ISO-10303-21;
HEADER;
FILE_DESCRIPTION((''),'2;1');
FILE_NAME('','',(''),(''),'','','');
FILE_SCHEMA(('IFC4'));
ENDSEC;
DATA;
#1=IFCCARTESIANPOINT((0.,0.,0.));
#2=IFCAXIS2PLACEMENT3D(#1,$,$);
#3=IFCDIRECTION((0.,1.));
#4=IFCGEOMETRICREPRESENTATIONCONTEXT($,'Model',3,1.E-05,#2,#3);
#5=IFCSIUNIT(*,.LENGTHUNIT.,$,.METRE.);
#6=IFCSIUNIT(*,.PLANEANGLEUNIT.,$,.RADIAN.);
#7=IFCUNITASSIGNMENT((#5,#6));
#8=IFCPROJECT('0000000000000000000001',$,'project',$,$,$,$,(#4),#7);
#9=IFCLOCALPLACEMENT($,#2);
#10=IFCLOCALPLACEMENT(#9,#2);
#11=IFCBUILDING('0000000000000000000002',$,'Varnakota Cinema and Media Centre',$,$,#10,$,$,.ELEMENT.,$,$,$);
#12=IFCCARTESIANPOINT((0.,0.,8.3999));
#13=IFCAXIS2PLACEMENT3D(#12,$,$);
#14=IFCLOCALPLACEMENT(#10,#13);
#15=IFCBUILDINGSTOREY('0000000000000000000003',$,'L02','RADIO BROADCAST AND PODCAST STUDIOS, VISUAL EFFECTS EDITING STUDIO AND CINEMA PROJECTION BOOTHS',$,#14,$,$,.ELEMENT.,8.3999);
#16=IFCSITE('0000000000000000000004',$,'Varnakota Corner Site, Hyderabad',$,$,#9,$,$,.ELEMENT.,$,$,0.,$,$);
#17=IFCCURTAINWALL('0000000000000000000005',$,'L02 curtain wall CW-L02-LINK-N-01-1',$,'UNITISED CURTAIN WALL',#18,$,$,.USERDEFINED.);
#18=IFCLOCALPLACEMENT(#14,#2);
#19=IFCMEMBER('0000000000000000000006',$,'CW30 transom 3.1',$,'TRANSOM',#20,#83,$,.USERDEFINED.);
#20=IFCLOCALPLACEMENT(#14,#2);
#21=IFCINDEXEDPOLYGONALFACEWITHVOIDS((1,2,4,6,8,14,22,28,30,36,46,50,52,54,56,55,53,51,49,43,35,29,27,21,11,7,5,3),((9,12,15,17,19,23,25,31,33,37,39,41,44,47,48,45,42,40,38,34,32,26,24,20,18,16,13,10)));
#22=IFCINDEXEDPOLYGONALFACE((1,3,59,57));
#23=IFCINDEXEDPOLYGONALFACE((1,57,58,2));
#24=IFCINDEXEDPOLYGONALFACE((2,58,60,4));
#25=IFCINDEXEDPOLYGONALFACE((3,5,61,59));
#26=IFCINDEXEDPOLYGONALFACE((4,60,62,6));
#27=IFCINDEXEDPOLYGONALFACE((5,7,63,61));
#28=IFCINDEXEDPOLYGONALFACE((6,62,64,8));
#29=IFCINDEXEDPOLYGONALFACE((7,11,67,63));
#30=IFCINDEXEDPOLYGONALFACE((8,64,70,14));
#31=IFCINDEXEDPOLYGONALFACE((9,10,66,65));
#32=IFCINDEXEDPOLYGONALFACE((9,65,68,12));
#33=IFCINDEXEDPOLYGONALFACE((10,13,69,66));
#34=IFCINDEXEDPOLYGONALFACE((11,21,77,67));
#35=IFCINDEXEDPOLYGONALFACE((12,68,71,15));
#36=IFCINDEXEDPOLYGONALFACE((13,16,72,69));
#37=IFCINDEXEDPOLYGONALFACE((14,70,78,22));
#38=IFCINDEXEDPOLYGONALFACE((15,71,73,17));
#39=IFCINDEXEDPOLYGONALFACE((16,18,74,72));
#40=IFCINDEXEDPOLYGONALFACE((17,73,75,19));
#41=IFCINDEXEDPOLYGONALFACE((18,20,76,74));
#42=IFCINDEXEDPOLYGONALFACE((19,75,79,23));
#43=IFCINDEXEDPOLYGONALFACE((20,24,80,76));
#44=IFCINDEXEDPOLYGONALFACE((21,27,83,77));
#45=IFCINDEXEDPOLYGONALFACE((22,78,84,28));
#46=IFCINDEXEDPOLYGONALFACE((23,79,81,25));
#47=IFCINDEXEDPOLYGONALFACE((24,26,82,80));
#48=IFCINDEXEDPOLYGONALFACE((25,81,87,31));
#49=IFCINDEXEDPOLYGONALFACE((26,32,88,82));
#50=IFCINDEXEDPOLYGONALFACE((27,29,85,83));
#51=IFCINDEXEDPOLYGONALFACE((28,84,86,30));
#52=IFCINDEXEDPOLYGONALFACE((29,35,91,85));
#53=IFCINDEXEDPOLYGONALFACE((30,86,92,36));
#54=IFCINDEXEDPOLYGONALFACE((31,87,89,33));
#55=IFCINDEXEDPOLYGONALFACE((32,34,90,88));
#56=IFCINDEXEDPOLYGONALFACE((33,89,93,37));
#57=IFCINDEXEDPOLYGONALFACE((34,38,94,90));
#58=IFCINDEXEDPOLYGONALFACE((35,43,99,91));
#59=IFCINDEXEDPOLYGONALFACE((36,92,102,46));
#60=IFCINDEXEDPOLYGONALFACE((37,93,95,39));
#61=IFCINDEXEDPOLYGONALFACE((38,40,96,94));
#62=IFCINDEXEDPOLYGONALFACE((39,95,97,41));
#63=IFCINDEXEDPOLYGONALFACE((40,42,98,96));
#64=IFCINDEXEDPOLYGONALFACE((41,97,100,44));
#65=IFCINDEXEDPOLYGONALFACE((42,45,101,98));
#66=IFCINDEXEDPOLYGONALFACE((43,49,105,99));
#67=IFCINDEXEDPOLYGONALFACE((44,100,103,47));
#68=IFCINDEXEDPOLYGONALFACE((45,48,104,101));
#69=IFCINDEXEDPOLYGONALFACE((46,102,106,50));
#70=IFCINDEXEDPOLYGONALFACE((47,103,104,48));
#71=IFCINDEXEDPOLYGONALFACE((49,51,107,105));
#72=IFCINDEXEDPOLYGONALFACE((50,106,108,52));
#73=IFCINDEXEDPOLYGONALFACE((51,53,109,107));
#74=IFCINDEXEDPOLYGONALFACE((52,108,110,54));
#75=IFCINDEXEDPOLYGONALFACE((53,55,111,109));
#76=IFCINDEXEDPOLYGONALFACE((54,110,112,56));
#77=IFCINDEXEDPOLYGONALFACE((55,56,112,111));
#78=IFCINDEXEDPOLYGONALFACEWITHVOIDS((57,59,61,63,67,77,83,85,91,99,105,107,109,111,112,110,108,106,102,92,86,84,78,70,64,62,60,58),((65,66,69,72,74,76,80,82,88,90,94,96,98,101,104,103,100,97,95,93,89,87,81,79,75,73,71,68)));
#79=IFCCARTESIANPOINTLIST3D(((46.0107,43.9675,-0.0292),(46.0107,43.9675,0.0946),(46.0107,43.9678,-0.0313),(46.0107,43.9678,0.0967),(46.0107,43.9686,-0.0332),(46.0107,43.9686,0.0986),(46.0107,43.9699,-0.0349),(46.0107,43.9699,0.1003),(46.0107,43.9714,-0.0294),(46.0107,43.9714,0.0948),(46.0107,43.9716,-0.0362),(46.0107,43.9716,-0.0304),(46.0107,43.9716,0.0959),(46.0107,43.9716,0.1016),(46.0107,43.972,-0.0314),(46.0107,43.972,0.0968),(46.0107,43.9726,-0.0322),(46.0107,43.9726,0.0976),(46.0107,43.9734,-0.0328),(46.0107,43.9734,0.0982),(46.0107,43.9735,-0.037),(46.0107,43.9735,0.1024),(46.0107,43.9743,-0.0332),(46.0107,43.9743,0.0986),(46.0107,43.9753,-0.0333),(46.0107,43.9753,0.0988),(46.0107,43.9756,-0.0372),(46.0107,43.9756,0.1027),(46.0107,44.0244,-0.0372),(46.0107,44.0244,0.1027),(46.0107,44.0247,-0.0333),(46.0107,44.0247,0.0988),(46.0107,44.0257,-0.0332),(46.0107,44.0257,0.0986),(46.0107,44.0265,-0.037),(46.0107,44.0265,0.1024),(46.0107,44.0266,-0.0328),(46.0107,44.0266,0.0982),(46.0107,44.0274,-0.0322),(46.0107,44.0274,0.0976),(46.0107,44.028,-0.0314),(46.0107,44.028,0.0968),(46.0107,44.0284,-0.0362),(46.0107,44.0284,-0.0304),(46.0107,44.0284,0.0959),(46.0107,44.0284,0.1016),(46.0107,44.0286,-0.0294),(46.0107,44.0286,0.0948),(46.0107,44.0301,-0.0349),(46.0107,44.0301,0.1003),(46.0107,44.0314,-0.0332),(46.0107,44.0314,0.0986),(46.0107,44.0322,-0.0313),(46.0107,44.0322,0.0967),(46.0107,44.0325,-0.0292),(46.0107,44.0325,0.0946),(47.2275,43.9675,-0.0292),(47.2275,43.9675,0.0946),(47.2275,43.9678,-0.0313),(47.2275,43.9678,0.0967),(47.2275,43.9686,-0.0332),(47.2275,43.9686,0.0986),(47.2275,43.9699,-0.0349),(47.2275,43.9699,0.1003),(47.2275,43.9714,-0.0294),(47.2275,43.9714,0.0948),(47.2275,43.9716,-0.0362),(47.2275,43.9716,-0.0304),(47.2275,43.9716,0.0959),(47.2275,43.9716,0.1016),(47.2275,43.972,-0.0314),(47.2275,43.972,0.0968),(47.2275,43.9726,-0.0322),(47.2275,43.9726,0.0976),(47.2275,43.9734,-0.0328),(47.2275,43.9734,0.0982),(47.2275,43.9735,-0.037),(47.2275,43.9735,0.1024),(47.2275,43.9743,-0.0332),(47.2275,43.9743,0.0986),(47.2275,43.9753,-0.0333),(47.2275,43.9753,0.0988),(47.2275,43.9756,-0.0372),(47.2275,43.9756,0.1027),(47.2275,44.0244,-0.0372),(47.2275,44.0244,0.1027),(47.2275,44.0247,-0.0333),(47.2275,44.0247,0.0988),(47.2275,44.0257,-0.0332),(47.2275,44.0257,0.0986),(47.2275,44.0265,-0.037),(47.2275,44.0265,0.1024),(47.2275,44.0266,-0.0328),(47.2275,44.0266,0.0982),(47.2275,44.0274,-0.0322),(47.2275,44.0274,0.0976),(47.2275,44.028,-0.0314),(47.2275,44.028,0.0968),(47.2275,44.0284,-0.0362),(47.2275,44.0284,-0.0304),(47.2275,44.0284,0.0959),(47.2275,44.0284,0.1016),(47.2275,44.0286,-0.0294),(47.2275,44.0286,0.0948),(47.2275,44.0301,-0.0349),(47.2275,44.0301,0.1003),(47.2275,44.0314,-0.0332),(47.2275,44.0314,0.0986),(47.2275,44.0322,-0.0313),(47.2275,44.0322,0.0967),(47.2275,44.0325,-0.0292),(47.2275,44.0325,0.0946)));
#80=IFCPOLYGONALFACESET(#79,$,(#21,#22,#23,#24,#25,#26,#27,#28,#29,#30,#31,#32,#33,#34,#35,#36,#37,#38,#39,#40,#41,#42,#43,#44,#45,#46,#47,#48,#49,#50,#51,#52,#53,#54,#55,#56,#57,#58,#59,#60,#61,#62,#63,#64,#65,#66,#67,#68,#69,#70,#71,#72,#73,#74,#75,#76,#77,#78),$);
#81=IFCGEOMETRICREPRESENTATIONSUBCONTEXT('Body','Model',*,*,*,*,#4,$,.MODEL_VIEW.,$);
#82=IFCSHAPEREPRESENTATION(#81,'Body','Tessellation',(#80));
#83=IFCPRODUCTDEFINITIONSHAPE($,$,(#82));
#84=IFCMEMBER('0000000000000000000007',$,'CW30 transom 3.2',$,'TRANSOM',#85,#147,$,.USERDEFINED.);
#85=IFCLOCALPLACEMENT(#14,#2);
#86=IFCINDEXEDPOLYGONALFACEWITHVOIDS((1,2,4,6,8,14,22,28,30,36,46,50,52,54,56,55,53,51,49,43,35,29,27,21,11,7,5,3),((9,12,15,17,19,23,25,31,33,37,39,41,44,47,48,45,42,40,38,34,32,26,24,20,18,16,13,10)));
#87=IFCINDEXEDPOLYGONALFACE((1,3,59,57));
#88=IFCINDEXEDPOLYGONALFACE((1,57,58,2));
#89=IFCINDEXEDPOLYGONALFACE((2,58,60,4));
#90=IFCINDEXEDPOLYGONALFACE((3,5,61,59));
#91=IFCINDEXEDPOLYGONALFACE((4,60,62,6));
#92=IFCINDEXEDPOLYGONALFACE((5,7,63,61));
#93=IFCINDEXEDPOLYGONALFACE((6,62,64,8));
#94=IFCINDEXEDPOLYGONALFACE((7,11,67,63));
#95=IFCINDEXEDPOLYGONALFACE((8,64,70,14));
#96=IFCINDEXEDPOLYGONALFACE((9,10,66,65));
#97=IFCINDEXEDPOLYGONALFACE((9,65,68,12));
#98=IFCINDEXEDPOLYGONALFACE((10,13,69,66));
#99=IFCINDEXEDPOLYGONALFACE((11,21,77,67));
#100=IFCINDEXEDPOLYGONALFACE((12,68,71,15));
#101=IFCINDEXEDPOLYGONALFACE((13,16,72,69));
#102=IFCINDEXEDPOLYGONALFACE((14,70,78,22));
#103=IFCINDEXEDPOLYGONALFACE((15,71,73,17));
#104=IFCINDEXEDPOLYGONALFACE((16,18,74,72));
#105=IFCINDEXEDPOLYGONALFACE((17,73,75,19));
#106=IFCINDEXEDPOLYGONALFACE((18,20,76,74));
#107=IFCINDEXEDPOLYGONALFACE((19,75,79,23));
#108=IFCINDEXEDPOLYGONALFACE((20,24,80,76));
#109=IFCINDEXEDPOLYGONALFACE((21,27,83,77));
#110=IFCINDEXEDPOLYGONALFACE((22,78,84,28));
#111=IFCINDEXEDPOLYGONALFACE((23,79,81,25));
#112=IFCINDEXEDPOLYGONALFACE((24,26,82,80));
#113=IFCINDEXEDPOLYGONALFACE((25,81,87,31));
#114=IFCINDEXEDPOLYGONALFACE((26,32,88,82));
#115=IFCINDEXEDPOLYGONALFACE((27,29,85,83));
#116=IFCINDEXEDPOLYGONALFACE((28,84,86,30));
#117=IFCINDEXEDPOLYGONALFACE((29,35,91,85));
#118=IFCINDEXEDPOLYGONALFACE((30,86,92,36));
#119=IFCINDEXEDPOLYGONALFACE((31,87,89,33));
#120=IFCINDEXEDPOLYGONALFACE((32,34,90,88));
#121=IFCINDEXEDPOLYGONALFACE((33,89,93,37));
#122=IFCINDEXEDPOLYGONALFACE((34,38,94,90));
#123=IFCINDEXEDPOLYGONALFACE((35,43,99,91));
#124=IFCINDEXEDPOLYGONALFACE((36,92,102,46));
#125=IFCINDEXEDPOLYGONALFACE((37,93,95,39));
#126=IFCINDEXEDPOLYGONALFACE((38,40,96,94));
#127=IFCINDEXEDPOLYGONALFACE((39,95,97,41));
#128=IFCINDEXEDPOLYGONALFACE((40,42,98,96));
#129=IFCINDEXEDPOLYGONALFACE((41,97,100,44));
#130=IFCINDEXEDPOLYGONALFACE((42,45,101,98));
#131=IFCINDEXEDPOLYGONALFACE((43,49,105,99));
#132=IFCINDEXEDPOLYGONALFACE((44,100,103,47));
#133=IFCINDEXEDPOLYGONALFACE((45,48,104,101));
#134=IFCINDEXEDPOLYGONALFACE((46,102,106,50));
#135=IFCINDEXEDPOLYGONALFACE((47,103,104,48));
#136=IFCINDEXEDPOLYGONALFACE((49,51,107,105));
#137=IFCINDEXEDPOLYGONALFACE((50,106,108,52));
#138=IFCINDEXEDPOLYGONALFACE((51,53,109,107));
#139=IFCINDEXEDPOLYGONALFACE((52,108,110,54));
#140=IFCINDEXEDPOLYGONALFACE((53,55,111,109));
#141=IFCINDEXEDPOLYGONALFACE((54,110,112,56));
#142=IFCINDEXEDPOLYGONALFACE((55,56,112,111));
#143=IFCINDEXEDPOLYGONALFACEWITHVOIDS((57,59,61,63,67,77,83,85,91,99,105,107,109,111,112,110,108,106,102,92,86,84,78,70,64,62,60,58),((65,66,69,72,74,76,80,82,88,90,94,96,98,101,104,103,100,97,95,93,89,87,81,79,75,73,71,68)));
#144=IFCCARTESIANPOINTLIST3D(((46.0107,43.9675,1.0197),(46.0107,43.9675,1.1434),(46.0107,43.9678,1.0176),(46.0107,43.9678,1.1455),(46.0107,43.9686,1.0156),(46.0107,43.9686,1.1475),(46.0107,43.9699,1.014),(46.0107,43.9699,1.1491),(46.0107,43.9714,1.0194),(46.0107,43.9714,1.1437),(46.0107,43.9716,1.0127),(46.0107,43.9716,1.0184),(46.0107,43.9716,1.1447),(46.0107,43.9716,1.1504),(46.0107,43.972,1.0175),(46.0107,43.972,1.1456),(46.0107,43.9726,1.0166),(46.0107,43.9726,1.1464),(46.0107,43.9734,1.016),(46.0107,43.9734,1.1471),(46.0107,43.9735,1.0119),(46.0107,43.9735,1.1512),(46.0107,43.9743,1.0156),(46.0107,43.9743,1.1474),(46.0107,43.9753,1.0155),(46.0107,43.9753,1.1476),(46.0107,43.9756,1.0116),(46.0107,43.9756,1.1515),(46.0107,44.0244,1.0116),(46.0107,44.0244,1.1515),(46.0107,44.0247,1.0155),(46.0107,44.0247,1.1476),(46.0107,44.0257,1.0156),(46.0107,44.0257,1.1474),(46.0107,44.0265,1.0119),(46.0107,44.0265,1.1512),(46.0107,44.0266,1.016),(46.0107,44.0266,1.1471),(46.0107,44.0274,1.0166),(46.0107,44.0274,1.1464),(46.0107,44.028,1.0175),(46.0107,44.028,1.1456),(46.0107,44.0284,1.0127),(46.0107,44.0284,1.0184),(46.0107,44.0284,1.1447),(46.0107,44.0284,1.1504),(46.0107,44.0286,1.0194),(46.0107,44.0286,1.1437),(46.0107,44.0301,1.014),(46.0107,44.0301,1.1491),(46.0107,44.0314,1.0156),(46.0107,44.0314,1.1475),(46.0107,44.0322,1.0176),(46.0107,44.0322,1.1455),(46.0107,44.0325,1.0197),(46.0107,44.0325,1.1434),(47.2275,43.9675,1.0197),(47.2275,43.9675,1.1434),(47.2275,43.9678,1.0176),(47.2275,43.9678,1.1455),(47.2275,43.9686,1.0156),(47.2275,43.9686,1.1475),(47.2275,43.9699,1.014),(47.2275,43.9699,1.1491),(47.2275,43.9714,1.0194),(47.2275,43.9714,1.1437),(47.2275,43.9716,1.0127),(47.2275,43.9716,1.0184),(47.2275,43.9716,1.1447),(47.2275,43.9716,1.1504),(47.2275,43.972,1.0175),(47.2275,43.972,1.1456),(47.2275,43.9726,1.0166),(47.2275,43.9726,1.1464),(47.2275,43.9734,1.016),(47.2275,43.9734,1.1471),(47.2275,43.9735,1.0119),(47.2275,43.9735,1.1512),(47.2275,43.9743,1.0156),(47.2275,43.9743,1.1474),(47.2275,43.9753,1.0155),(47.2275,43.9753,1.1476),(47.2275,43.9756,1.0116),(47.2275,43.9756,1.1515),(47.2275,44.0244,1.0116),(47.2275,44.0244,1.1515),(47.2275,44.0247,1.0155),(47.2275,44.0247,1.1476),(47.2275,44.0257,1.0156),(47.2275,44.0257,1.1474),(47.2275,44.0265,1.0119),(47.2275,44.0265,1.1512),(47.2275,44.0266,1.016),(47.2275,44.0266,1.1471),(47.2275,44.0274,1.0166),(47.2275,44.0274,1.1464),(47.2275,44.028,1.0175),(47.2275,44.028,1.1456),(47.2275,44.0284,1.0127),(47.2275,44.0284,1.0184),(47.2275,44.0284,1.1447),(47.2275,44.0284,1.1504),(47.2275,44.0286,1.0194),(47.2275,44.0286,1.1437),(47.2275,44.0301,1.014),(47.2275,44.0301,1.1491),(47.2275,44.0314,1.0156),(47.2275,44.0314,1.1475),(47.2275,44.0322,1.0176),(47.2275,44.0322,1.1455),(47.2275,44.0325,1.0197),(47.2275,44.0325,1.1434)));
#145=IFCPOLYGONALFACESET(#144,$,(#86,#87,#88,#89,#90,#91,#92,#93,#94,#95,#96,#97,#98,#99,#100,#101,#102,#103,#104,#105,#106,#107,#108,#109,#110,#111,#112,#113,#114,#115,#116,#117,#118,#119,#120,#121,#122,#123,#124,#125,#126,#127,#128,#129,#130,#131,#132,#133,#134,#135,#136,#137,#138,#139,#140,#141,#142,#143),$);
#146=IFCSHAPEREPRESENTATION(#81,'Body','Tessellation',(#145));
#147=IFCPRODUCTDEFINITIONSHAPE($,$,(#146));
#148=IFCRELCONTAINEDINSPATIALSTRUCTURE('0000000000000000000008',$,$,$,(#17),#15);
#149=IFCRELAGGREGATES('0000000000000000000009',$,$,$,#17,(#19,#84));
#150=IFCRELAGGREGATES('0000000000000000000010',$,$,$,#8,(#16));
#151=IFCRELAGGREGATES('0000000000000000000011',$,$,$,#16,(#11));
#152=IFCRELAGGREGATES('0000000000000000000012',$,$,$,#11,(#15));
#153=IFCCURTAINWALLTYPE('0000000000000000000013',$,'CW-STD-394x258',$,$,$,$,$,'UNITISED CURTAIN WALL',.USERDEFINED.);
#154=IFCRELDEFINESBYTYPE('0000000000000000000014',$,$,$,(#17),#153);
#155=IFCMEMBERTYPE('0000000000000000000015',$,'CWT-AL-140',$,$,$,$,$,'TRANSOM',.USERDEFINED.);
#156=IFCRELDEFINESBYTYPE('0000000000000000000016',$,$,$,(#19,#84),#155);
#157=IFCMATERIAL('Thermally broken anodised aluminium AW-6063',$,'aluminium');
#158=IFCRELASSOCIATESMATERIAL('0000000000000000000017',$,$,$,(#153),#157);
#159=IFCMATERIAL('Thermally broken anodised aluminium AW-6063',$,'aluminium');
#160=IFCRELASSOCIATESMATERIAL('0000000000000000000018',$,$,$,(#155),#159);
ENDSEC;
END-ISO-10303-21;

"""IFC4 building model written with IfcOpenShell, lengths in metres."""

from ifc_helpers import new_model, si_unit, direction, frame, origin, origin_2d, place, context, subcontext, project, spatial, hollow_rectangle, extrude, material, material_profile, profile_set, type_object, element, aggregate, save


model = new_model("IFC4")

# Units and contexts
model_context = context("Model", 3, precision=1e-05, world=origin(), true_north=direction((0.0, 1.0)))
body_context = subcontext(model_context, "Body", "Model", "MODEL_VIEW")
ifc_project = project(units=[si_unit("LENGTHUNIT", "METRE"), si_unit("PLANEANGLEUNIT", "RADIAN")], contexts=[model_context])

# Site, building, storey
site_placement = place(None, origin())
site = spatial("IfcSite", under=ifc_project, at=site_placement, Name="Varnakota Corner Site, Hyderabad", CompositionType="ELEMENT", RefElevation=0.0)
building_placement = place(site_placement, origin())
building = spatial("IfcBuilding", under=site, at=building_placement, Name="Varnakota Cinema and Media Centre", CompositionType="ELEMENT")
storey_placement = place(building_placement, frame((0.0, 0.0, 8.3999)))
storey = spatial("IfcBuildingStorey", under=building, at=storey_placement, Name="L02", Description="RADIO BROADCAST AND PODCAST STUDIOS, VISUAL EFFECTS EDITING STUDIO AND CINEMA PROJECTION BOOTHS", CompositionType="ELEMENT", Elevation=8.3999)

# Curtain wall
ifc_material_1 = material(Name="Thermally broken anodised aluminium AW-6063", Category="aluminium")
curtain_wall_type_1 = type_object("IfcCurtainWallType", Name="CW-STD-394x258", ElementType="UNITISED CURTAIN WALL", PredefinedType="USERDEFINED", material=ifc_material_1)
curtain_wall_1_placement = place(storey_placement, origin())
curtain_wall_1 = element("IfcCurtainWall", 1, at=curtain_wall_1_placement, inside=storey, type_object=curtain_wall_type_1, Name="L02 curtain wall CW-L02-LINK-N-01-1", ObjectType="UNITISED CURTAIN WALL", PredefinedType="USERDEFINED")

# Members
ifc_material_2 = material(Name="Thermally broken anodised aluminium AW-6063", Category="aluminium")
ifc_material_profile_1 = material_profile(ifc_material_2, hollow_rectangle(XDim=0.0649, YDim=0.1399, WallThickness=0.0039, InnerFilletRadius=0.0039, OuterFilletRadius=0.0081, at=origin_2d()), Name="AL-TRANSOM 140x65x4")
ifc_profile_set_1 = profile_set([ifc_material_profile_1], Name="Thermally broken anodised aluminium AW-6063")
member_type_1 = type_object("IfcMemberType", Name="CWT-AL-140", ElementType="TRANSOM", PredefinedType="USERDEFINED", material=ifc_profile_set_1)
member_1_placement = place(storey_placement, frame((46.0107, 44.0, 0.0327), z_axis=(1.0, 0.0, 0.0), x_axis=(0.0, 1.0, 0.0)))
member_1 = element("IfcMember", 2, at=member_1_placement, type_object=member_type_1, Name="CW30 transom 3.1", ObjectType="TRANSOM", PredefinedType="USERDEFINED", context=body_context, shape_type="SweptSolid", body=[
    extrude(hollow_rectangle(XDim=0.0649, YDim=0.1399, WallThickness=0.0039, InnerFilletRadius=0.0039, OuterFilletRadius=0.0081, at=origin_2d()), origin(), (0.0, 0.0, 1.0), 1.2168),
])
member_2_placement = place(storey_placement, frame((46.0107, 44.0, 1.0815), z_axis=(1.0, 0.0, 0.0), x_axis=(0.0, 1.0, 0.0)))
member_2 = element("IfcMember", 3, at=member_2_placement, type_object=member_type_1, Name="CW30 transom 3.2", ObjectType="TRANSOM", PredefinedType="USERDEFINED", context=body_context, shape_type="SweptSolid", body=[
    extrude(hollow_rectangle(XDim=0.0649, YDim=0.1399, WallThickness=0.0039, InnerFilletRadius=0.0039, OuterFilletRadius=0.0081, at=origin_2d()), origin(), (0.0, 0.0, 1.0), 1.2168),
])

aggregate(curtain_wall_1, [member_1, member_2])

save(model, "model.ifc")
